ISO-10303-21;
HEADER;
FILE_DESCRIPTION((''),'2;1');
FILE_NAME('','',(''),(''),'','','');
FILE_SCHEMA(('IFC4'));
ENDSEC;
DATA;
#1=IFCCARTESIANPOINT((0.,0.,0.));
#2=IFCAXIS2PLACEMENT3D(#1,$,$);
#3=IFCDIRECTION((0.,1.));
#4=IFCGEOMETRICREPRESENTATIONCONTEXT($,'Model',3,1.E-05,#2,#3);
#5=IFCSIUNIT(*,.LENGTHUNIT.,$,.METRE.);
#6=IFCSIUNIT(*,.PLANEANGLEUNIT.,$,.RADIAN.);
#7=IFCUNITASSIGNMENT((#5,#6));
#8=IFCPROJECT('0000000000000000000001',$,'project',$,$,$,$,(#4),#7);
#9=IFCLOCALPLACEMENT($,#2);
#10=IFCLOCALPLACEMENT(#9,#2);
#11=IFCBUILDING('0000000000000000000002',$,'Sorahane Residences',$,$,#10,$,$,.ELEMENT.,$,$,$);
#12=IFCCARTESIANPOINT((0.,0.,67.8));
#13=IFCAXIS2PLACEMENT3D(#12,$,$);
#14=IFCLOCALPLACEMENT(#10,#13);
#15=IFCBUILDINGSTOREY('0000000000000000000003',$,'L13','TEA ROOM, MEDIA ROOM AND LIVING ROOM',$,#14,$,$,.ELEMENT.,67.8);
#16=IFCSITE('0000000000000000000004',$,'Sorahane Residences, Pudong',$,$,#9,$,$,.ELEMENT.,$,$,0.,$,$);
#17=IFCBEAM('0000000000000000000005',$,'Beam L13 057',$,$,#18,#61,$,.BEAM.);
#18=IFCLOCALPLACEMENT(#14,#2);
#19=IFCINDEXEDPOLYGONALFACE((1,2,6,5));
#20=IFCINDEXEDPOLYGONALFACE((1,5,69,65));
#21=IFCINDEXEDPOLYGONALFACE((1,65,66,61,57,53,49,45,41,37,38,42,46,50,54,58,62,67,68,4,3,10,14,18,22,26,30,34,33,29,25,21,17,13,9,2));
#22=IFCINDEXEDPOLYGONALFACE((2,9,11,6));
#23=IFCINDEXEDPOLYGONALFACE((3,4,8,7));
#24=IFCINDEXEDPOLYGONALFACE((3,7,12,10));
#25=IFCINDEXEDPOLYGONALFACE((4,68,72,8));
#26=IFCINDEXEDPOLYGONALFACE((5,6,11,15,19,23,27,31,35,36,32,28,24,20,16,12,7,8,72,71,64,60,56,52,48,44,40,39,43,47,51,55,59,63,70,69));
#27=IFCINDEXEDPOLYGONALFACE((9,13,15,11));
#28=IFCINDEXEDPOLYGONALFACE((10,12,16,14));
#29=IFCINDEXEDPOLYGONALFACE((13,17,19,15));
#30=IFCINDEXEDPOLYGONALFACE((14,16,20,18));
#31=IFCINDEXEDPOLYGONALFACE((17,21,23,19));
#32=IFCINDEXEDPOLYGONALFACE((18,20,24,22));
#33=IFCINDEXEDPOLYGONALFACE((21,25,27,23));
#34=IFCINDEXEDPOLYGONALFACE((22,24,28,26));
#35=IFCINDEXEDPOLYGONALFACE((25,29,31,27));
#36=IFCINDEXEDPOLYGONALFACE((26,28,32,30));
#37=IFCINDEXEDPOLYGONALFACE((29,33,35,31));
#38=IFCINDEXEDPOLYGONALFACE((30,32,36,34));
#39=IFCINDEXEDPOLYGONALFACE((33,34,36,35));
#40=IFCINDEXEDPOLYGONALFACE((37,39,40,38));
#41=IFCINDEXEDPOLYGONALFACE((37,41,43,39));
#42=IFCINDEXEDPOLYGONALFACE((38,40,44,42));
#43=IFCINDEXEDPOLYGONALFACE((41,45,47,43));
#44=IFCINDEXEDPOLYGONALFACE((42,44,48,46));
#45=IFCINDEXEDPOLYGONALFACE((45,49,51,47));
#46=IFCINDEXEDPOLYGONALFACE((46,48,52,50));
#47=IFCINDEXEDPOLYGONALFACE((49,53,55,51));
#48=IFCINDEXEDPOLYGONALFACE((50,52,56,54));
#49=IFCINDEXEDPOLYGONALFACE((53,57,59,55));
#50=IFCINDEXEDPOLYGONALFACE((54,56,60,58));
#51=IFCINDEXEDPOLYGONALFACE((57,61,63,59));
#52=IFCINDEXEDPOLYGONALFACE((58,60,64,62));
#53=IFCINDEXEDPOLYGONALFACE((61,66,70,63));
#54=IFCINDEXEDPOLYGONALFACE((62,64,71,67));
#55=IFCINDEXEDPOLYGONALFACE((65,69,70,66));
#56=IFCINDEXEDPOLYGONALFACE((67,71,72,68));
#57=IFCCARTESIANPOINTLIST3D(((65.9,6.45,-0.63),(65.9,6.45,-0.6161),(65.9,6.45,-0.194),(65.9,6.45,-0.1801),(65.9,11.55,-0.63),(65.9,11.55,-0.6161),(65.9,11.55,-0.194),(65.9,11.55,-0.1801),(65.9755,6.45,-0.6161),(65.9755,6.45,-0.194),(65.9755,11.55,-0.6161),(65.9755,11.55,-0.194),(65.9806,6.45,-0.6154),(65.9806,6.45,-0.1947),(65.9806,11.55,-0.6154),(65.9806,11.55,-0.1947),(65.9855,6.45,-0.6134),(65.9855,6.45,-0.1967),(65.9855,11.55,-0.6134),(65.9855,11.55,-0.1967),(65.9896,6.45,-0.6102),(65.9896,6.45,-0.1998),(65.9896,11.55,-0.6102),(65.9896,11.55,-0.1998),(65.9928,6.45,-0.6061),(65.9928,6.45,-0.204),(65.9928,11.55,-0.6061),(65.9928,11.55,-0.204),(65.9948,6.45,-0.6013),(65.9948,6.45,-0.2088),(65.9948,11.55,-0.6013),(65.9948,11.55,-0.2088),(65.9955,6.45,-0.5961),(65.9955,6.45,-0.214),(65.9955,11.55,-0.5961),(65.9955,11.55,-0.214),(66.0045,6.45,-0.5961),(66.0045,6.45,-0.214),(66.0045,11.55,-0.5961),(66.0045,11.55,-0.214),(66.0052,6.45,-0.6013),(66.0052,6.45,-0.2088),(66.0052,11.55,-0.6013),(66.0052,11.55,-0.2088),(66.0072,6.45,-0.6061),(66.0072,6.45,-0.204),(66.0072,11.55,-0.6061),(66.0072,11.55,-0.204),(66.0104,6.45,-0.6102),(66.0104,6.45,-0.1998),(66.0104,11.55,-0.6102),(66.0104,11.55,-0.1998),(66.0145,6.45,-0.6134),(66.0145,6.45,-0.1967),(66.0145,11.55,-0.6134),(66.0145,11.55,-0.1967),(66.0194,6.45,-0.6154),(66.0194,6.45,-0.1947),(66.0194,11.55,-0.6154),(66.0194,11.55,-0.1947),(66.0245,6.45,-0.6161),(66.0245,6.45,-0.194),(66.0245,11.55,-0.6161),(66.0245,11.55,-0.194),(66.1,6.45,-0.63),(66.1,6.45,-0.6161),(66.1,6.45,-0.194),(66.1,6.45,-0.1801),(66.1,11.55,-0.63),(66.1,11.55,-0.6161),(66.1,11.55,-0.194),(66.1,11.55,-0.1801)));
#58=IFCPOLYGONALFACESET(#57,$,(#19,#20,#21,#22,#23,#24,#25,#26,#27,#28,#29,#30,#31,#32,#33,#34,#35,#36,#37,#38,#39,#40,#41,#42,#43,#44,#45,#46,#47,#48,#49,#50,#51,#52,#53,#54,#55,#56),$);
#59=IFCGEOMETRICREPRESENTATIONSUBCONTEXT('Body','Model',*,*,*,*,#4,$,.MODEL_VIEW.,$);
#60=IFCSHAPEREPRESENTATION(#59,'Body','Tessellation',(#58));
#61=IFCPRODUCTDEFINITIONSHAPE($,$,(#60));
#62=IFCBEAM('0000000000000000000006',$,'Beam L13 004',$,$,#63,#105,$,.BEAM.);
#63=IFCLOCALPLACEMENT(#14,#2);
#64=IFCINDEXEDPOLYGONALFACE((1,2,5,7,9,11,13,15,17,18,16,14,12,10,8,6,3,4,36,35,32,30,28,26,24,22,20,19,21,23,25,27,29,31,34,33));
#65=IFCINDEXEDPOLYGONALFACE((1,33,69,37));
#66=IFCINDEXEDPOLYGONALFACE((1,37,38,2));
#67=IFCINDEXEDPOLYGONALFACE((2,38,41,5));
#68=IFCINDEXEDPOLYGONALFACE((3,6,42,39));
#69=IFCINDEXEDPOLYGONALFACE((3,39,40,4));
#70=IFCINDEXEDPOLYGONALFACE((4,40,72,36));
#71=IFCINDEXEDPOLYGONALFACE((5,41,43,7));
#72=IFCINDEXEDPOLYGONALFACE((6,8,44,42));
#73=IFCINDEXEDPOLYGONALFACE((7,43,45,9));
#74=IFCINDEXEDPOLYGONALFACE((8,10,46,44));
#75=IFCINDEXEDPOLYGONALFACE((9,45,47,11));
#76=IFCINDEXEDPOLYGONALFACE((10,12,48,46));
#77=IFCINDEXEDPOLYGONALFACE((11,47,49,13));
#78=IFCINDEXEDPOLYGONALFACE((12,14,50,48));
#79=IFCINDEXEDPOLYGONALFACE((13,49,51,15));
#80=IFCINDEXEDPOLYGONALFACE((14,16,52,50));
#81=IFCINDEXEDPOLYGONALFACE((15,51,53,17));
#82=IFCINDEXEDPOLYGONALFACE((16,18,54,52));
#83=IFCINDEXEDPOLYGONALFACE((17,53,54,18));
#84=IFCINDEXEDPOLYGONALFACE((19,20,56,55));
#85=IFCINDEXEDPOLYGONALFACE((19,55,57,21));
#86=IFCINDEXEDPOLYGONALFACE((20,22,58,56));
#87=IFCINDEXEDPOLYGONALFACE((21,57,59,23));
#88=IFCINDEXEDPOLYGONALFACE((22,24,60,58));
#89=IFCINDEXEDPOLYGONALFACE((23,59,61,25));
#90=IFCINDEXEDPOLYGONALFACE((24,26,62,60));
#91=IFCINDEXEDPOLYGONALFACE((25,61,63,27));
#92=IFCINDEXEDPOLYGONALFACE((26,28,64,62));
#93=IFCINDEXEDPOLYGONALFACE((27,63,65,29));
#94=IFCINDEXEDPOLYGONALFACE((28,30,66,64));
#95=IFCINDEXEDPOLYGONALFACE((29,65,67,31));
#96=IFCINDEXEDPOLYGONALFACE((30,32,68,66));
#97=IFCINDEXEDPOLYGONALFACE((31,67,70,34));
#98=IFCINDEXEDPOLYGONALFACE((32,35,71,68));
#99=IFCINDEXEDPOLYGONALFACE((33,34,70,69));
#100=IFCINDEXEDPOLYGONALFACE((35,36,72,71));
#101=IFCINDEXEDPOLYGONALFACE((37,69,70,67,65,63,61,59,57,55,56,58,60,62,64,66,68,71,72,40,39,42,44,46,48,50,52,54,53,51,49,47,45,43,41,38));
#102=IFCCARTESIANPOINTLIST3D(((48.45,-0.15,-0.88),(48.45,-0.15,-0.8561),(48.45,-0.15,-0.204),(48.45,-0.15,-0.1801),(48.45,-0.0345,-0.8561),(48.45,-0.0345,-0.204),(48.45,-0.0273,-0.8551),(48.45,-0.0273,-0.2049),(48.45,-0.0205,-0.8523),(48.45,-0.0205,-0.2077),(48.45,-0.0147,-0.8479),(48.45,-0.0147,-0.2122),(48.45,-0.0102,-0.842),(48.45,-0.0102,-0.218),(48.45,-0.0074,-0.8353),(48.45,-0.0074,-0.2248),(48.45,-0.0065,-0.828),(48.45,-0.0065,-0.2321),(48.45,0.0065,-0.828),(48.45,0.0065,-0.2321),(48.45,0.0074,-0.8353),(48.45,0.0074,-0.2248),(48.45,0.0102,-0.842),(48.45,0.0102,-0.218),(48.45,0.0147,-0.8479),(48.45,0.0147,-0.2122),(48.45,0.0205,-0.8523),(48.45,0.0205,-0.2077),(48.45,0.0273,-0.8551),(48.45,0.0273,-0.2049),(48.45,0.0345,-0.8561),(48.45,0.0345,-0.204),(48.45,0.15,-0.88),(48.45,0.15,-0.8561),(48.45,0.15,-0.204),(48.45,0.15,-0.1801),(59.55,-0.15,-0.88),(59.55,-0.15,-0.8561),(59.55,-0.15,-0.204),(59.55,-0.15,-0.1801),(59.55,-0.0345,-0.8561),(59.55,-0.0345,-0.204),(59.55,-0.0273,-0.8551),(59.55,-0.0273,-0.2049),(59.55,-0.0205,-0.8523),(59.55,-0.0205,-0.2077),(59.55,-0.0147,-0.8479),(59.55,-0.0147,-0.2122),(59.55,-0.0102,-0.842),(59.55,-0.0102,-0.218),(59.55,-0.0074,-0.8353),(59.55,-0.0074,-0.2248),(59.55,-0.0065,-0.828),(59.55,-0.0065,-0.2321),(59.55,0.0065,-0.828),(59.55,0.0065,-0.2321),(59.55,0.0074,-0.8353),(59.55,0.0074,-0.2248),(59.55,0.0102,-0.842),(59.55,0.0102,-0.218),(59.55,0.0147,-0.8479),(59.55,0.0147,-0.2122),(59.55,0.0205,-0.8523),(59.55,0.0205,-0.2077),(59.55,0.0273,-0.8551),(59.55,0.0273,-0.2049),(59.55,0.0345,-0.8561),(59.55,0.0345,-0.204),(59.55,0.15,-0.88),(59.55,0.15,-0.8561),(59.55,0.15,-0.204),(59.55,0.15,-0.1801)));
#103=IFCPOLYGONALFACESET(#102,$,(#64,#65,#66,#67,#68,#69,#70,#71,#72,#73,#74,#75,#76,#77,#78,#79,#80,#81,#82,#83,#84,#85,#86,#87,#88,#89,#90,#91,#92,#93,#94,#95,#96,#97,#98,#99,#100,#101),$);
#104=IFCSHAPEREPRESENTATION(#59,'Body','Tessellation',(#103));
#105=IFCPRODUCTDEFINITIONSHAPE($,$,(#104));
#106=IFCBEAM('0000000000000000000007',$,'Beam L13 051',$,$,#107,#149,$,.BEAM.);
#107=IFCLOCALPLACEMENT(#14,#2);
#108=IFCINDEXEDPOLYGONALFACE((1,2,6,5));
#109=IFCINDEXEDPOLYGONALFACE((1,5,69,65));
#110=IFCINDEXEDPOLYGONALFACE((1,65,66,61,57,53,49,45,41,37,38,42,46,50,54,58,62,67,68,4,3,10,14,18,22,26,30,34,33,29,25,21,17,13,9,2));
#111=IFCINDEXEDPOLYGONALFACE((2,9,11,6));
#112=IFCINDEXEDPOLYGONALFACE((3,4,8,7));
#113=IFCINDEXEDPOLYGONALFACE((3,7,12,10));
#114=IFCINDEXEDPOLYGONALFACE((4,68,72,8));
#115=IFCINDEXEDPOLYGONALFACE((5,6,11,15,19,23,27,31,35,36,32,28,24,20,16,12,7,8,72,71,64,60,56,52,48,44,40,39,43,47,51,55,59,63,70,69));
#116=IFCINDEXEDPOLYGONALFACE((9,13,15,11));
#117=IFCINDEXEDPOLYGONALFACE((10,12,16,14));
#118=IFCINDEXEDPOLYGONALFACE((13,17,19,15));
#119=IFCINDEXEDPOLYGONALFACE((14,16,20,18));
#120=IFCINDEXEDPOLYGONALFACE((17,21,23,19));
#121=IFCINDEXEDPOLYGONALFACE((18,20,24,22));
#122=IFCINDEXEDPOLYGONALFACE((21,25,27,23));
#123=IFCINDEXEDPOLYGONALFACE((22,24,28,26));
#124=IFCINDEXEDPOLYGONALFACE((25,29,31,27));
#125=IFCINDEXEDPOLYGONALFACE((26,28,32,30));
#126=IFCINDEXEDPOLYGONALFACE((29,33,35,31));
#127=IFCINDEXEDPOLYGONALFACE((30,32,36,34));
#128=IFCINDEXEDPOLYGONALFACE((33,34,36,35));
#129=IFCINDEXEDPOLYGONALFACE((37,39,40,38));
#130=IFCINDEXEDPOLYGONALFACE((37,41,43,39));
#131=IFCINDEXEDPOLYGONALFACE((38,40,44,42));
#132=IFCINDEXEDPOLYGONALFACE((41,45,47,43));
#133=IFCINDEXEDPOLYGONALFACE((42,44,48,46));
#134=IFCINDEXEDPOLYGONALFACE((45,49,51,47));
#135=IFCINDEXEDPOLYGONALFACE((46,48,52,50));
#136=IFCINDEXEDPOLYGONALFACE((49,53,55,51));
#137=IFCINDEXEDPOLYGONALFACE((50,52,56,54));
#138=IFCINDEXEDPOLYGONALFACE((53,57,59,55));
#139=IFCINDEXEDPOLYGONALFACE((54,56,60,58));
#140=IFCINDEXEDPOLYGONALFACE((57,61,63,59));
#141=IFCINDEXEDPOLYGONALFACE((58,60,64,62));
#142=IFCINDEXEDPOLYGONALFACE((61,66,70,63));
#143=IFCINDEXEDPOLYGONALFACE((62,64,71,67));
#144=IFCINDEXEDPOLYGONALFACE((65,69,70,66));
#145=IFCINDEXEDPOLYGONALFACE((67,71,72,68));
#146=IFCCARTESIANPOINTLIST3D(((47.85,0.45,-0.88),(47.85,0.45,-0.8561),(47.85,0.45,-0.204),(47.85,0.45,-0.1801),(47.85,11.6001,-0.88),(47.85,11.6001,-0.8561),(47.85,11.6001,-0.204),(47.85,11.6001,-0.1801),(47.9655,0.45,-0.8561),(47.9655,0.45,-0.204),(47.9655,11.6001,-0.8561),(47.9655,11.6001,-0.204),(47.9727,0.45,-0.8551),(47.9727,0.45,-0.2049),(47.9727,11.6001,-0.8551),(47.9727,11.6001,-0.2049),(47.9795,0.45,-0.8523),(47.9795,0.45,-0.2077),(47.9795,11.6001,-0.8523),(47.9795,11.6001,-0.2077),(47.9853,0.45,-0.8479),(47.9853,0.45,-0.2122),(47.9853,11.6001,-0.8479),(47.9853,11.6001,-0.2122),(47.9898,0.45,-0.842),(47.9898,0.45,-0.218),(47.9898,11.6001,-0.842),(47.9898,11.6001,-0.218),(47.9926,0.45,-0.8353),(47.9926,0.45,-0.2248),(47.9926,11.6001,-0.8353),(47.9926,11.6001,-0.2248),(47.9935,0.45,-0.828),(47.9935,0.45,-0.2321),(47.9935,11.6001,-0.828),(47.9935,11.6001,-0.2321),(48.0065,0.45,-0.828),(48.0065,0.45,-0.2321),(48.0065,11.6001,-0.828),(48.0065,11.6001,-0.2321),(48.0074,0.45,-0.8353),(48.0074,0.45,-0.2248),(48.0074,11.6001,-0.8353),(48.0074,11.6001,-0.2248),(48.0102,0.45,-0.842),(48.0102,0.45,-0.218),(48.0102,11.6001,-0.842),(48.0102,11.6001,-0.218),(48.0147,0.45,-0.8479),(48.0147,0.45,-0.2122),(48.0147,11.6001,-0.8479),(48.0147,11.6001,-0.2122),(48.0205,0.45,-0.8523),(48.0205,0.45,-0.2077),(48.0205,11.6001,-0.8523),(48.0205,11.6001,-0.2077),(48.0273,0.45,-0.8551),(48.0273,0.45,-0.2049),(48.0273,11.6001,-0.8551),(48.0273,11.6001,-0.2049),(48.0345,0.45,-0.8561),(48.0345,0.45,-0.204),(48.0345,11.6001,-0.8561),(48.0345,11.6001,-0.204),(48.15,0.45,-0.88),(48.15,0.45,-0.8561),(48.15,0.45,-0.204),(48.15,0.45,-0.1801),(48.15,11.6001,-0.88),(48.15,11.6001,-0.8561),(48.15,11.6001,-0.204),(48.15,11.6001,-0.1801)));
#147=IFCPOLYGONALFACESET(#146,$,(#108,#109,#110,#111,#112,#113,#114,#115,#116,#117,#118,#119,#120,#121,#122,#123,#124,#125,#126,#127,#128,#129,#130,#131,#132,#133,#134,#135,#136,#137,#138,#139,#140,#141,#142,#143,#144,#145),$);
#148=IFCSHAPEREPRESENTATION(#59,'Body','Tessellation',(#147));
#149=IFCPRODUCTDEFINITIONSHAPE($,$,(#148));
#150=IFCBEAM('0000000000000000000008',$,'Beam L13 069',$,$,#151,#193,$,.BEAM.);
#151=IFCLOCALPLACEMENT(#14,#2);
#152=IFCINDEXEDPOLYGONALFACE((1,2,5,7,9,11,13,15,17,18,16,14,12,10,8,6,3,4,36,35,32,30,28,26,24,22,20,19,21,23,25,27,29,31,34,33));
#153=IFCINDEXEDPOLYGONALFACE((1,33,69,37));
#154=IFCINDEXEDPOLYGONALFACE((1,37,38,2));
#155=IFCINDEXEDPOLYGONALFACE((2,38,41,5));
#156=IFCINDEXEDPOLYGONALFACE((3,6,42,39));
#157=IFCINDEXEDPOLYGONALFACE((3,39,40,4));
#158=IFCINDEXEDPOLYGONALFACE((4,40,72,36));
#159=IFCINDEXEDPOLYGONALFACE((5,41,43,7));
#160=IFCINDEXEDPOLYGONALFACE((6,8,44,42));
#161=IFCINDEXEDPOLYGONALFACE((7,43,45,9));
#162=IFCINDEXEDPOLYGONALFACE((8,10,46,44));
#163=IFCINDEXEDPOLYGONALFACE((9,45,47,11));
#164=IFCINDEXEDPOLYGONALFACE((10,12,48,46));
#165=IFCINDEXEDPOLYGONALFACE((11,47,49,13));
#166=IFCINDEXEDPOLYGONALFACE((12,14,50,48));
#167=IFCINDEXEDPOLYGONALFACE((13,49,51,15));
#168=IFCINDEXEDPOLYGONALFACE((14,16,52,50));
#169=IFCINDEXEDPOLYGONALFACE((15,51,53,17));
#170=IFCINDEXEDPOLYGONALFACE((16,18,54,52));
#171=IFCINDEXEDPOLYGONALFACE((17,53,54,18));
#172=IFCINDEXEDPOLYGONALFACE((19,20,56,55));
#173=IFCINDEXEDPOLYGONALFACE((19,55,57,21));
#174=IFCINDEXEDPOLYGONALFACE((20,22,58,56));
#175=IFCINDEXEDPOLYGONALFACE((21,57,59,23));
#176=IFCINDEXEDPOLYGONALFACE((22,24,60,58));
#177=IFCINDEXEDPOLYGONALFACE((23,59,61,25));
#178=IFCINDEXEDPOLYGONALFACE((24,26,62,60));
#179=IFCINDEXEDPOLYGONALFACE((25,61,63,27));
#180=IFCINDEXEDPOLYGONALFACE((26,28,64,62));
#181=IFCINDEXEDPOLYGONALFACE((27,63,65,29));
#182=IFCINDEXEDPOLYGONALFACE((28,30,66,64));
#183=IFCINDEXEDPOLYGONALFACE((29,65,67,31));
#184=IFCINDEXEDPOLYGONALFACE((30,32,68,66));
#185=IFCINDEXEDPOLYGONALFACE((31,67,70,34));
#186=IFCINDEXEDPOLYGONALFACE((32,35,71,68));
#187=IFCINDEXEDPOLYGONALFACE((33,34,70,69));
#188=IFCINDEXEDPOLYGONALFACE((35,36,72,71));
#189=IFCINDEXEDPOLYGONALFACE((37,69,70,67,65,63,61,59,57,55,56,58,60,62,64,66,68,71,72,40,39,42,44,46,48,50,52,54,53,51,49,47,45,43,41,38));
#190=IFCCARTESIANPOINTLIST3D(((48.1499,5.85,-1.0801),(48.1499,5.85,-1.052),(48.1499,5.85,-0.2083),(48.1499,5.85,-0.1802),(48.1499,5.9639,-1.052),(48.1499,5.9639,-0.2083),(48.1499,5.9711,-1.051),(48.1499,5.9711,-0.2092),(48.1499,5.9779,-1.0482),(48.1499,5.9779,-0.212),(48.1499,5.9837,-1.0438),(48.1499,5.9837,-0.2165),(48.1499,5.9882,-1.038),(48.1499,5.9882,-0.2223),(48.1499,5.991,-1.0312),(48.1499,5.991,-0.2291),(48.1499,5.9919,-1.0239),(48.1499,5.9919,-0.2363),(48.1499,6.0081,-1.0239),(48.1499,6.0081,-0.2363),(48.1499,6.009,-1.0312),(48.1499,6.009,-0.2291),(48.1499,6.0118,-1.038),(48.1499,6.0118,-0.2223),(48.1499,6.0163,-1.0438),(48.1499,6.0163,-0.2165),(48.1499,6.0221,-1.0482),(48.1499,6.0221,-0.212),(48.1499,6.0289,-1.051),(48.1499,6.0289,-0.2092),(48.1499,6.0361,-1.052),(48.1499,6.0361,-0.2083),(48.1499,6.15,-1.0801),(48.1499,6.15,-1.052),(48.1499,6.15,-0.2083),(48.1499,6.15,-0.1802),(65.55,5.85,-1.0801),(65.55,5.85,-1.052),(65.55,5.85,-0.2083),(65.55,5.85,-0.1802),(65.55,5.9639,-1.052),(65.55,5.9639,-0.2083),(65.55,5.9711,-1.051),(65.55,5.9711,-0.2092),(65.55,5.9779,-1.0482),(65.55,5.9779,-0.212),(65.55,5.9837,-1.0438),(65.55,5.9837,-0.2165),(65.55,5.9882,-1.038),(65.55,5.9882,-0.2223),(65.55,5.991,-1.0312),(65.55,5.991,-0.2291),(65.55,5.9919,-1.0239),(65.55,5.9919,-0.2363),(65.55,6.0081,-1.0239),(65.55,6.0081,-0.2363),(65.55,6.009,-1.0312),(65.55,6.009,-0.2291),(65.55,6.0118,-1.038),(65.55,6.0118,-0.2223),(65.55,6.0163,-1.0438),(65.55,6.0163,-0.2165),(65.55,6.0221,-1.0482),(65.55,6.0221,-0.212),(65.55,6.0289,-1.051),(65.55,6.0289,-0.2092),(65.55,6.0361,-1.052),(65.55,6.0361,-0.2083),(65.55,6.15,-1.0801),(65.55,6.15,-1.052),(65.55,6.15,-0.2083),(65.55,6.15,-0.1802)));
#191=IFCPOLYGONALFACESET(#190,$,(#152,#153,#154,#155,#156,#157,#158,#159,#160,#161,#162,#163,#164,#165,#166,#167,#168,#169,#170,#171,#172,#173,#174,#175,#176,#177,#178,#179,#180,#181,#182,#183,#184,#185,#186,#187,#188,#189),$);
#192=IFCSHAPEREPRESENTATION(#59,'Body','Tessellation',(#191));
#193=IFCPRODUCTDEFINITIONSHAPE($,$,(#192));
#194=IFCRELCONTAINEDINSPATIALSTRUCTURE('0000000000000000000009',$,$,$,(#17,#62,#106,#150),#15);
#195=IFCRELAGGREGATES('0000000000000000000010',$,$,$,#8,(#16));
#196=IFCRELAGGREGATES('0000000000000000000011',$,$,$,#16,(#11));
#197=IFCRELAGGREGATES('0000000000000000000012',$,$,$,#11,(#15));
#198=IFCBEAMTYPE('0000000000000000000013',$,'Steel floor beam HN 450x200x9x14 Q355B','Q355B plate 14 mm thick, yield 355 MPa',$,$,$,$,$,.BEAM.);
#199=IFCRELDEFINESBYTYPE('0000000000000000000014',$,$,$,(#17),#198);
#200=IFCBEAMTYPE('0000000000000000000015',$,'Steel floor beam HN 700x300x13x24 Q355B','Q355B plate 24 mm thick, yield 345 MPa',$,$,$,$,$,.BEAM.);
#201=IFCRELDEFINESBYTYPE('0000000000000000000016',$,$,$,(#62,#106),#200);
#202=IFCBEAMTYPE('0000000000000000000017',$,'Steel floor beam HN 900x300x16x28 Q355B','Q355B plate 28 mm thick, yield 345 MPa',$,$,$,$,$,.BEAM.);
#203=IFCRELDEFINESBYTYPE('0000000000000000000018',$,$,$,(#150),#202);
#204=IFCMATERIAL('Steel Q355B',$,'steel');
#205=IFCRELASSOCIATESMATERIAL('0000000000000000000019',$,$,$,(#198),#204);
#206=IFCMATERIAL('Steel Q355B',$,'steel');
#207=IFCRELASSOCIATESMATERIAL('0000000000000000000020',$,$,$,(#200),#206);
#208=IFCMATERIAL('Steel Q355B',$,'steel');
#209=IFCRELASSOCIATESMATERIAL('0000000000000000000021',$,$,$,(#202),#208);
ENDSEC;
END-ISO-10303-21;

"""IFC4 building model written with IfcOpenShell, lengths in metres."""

from ifc_helpers import new_model, si_unit, direction, frame, origin, origin_2d, place, context, subcontext, project, spatial, i_section, extrude, material, material_profile, profile_set, type_object, element, save


model = new_model("IFC4")

# Units and contexts
model_context = context("Model", 3, precision=1e-05, world=origin(), true_north=direction((0.0, 1.0)))
body_context = subcontext(model_context, "Body", "Model", "MODEL_VIEW")
ifc_project = project(units=[si_unit("LENGTHUNIT", "METRE"), si_unit("PLANEANGLEUNIT", "RADIAN")], contexts=[model_context])

# Site, building, storey
site_placement = place(None, origin())
site = spatial("IfcSite", under=ifc_project, at=site_placement, Name="Sorahane Residences, Pudong", CompositionType="ELEMENT", RefElevation=0.0)
building_placement = place(site_placement, origin())
building = spatial("IfcBuilding", under=site, at=building_placement, Name="Sorahane Residences", CompositionType="ELEMENT")
storey_placement = place(building_placement, frame((0.0, 0.0, 67.8)))
storey = spatial("IfcBuildingStorey", under=building, at=storey_placement, Name="L13", Description="TEA ROOM, MEDIA ROOM AND LIVING ROOM", CompositionType="ELEMENT", Elevation=67.8)

# Beams
ifc_material_1 = material(Name="Steel Q355B", Category="steel")
ifc_material_profile_1 = material_profile(ifc_material_1, i_section(OverallWidth=0.2, OverallDepth=0.45, WebThickness=0.009, FlangeThickness=0.0139, FilletRadius=0.02, at=origin_2d()), Name="HN 450x200x9x14")
ifc_profile_set_1 = profile_set([ifc_material_profile_1], Name="Steel Q355B")
beam_type_1 = type_object("IfcBeamType", Name="Steel floor beam HN 450x200x9x14 Q355B", Description="Q355B plate 14 mm thick, yield 355 MPa", PredefinedType="BEAM", material=ifc_profile_set_1)
beam_1_placement = place(storey_placement, frame((66.0, 6.45, -0.405), z_axis=(0.0, 1.0, 0.0), x_axis=(-1.0, 0.0, 0.0)))
element("IfcBeam", 1, at=beam_1_placement, inside=storey, type_object=beam_type_1, Name="Beam L13 057", PredefinedType="BEAM", context=body_context, shape_type="SweptSolid", body=[
    extrude(i_section(OverallWidth=0.2, OverallDepth=0.45, WebThickness=0.009, FlangeThickness=0.0139, FilletRadius=0.02, at=origin_2d()), origin(), (0.0, 0.0, 1.0), 5.1001),
])
ifc_material_2 = material(Name="Steel Q355B", Category="steel")
ifc_material_profile_2 = material_profile(ifc_material_2, i_section(OverallWidth=0.3, OverallDepth=0.7, WebThickness=0.0129, FlangeThickness=0.0239, FilletRadius=0.0281, at=origin_2d()), Name="HN 700x300x13x24")
ifc_profile_set_2 = profile_set([ifc_material_profile_2], Name="Steel Q355B")
beam_type_2 = type_object("IfcBeamType", Name="Steel floor beam HN 700x300x13x24 Q355B", Description="Q355B plate 24 mm thick, yield 345 MPa", PredefinedType="BEAM", material=ifc_profile_set_2)
beam_2_placement = place(storey_placement, frame((48.45, 0.0, -0.53), z_axis=(1.0, 0.0, 0.0), x_axis=(0.0, 1.0, 0.0)))
element("IfcBeam", 2, at=beam_2_placement, inside=storey, type_object=beam_type_2, Name="Beam L13 004", PredefinedType="BEAM", context=body_context, shape_type="SweptSolid", body=[
    extrude(i_section(OverallWidth=0.3, OverallDepth=0.7, WebThickness=0.0129, FlangeThickness=0.0239, FilletRadius=0.0281, at=origin_2d()), origin(), (0.0, 0.0, 1.0), 11.1001),
])
beam_3_placement = place(storey_placement, frame((48.0, 0.45, -0.53), z_axis=(0.0, 1.0, 0.0), x_axis=(-1.0, 0.0, 0.0)))
element("IfcBeam", 3, at=beam_3_placement, inside=storey, type_object=beam_type_2, Name="Beam L13 051", PredefinedType="BEAM", context=body_context, shape_type="SweptSolid", body=[
    extrude(i_section(OverallWidth=0.3, OverallDepth=0.7, WebThickness=0.0129, FlangeThickness=0.0239, FilletRadius=0.0281, at=origin_2d()), origin(), (0.0, 0.0, 1.0), 11.1501),
])
ifc_material_3 = material(Name="Steel Q355B", Category="steel")
ifc_material_profile_3 = material_profile(ifc_material_3, i_section(OverallWidth=0.3, OverallDepth=0.8999, WebThickness=0.0161, FlangeThickness=0.0281, FilletRadius=0.0281, at=origin_2d()), Name="HN 900x300x16x28")
ifc_profile_set_3 = profile_set([ifc_material_profile_3], Name="Steel Q355B")
beam_type_3 = type_object("IfcBeamType", Name="Steel floor beam HN 900x300x16x28 Q355B", Description="Q355B plate 28 mm thick, yield 345 MPa", PredefinedType="BEAM", material=ifc_profile_set_3)
beam_4_placement = place(storey_placement, frame((48.1499, 6.0, -0.6301), z_axis=(1.0, 0.0, 0.0), x_axis=(0.0, 1.0, 0.0)))
element("IfcBeam", 4, at=beam_4_placement, inside=storey, type_object=beam_type_3, Name="Beam L13 069", PredefinedType="BEAM", context=body_context, shape_type="SweptSolid", body=[
    extrude(i_section(OverallWidth=0.3, OverallDepth=0.8999, WebThickness=0.0161, FlangeThickness=0.0281, FilletRadius=0.0281, at=origin_2d()), origin(), (0.0, 0.0, 1.0), 17.4001),
])

save(model, "model.ifc")
